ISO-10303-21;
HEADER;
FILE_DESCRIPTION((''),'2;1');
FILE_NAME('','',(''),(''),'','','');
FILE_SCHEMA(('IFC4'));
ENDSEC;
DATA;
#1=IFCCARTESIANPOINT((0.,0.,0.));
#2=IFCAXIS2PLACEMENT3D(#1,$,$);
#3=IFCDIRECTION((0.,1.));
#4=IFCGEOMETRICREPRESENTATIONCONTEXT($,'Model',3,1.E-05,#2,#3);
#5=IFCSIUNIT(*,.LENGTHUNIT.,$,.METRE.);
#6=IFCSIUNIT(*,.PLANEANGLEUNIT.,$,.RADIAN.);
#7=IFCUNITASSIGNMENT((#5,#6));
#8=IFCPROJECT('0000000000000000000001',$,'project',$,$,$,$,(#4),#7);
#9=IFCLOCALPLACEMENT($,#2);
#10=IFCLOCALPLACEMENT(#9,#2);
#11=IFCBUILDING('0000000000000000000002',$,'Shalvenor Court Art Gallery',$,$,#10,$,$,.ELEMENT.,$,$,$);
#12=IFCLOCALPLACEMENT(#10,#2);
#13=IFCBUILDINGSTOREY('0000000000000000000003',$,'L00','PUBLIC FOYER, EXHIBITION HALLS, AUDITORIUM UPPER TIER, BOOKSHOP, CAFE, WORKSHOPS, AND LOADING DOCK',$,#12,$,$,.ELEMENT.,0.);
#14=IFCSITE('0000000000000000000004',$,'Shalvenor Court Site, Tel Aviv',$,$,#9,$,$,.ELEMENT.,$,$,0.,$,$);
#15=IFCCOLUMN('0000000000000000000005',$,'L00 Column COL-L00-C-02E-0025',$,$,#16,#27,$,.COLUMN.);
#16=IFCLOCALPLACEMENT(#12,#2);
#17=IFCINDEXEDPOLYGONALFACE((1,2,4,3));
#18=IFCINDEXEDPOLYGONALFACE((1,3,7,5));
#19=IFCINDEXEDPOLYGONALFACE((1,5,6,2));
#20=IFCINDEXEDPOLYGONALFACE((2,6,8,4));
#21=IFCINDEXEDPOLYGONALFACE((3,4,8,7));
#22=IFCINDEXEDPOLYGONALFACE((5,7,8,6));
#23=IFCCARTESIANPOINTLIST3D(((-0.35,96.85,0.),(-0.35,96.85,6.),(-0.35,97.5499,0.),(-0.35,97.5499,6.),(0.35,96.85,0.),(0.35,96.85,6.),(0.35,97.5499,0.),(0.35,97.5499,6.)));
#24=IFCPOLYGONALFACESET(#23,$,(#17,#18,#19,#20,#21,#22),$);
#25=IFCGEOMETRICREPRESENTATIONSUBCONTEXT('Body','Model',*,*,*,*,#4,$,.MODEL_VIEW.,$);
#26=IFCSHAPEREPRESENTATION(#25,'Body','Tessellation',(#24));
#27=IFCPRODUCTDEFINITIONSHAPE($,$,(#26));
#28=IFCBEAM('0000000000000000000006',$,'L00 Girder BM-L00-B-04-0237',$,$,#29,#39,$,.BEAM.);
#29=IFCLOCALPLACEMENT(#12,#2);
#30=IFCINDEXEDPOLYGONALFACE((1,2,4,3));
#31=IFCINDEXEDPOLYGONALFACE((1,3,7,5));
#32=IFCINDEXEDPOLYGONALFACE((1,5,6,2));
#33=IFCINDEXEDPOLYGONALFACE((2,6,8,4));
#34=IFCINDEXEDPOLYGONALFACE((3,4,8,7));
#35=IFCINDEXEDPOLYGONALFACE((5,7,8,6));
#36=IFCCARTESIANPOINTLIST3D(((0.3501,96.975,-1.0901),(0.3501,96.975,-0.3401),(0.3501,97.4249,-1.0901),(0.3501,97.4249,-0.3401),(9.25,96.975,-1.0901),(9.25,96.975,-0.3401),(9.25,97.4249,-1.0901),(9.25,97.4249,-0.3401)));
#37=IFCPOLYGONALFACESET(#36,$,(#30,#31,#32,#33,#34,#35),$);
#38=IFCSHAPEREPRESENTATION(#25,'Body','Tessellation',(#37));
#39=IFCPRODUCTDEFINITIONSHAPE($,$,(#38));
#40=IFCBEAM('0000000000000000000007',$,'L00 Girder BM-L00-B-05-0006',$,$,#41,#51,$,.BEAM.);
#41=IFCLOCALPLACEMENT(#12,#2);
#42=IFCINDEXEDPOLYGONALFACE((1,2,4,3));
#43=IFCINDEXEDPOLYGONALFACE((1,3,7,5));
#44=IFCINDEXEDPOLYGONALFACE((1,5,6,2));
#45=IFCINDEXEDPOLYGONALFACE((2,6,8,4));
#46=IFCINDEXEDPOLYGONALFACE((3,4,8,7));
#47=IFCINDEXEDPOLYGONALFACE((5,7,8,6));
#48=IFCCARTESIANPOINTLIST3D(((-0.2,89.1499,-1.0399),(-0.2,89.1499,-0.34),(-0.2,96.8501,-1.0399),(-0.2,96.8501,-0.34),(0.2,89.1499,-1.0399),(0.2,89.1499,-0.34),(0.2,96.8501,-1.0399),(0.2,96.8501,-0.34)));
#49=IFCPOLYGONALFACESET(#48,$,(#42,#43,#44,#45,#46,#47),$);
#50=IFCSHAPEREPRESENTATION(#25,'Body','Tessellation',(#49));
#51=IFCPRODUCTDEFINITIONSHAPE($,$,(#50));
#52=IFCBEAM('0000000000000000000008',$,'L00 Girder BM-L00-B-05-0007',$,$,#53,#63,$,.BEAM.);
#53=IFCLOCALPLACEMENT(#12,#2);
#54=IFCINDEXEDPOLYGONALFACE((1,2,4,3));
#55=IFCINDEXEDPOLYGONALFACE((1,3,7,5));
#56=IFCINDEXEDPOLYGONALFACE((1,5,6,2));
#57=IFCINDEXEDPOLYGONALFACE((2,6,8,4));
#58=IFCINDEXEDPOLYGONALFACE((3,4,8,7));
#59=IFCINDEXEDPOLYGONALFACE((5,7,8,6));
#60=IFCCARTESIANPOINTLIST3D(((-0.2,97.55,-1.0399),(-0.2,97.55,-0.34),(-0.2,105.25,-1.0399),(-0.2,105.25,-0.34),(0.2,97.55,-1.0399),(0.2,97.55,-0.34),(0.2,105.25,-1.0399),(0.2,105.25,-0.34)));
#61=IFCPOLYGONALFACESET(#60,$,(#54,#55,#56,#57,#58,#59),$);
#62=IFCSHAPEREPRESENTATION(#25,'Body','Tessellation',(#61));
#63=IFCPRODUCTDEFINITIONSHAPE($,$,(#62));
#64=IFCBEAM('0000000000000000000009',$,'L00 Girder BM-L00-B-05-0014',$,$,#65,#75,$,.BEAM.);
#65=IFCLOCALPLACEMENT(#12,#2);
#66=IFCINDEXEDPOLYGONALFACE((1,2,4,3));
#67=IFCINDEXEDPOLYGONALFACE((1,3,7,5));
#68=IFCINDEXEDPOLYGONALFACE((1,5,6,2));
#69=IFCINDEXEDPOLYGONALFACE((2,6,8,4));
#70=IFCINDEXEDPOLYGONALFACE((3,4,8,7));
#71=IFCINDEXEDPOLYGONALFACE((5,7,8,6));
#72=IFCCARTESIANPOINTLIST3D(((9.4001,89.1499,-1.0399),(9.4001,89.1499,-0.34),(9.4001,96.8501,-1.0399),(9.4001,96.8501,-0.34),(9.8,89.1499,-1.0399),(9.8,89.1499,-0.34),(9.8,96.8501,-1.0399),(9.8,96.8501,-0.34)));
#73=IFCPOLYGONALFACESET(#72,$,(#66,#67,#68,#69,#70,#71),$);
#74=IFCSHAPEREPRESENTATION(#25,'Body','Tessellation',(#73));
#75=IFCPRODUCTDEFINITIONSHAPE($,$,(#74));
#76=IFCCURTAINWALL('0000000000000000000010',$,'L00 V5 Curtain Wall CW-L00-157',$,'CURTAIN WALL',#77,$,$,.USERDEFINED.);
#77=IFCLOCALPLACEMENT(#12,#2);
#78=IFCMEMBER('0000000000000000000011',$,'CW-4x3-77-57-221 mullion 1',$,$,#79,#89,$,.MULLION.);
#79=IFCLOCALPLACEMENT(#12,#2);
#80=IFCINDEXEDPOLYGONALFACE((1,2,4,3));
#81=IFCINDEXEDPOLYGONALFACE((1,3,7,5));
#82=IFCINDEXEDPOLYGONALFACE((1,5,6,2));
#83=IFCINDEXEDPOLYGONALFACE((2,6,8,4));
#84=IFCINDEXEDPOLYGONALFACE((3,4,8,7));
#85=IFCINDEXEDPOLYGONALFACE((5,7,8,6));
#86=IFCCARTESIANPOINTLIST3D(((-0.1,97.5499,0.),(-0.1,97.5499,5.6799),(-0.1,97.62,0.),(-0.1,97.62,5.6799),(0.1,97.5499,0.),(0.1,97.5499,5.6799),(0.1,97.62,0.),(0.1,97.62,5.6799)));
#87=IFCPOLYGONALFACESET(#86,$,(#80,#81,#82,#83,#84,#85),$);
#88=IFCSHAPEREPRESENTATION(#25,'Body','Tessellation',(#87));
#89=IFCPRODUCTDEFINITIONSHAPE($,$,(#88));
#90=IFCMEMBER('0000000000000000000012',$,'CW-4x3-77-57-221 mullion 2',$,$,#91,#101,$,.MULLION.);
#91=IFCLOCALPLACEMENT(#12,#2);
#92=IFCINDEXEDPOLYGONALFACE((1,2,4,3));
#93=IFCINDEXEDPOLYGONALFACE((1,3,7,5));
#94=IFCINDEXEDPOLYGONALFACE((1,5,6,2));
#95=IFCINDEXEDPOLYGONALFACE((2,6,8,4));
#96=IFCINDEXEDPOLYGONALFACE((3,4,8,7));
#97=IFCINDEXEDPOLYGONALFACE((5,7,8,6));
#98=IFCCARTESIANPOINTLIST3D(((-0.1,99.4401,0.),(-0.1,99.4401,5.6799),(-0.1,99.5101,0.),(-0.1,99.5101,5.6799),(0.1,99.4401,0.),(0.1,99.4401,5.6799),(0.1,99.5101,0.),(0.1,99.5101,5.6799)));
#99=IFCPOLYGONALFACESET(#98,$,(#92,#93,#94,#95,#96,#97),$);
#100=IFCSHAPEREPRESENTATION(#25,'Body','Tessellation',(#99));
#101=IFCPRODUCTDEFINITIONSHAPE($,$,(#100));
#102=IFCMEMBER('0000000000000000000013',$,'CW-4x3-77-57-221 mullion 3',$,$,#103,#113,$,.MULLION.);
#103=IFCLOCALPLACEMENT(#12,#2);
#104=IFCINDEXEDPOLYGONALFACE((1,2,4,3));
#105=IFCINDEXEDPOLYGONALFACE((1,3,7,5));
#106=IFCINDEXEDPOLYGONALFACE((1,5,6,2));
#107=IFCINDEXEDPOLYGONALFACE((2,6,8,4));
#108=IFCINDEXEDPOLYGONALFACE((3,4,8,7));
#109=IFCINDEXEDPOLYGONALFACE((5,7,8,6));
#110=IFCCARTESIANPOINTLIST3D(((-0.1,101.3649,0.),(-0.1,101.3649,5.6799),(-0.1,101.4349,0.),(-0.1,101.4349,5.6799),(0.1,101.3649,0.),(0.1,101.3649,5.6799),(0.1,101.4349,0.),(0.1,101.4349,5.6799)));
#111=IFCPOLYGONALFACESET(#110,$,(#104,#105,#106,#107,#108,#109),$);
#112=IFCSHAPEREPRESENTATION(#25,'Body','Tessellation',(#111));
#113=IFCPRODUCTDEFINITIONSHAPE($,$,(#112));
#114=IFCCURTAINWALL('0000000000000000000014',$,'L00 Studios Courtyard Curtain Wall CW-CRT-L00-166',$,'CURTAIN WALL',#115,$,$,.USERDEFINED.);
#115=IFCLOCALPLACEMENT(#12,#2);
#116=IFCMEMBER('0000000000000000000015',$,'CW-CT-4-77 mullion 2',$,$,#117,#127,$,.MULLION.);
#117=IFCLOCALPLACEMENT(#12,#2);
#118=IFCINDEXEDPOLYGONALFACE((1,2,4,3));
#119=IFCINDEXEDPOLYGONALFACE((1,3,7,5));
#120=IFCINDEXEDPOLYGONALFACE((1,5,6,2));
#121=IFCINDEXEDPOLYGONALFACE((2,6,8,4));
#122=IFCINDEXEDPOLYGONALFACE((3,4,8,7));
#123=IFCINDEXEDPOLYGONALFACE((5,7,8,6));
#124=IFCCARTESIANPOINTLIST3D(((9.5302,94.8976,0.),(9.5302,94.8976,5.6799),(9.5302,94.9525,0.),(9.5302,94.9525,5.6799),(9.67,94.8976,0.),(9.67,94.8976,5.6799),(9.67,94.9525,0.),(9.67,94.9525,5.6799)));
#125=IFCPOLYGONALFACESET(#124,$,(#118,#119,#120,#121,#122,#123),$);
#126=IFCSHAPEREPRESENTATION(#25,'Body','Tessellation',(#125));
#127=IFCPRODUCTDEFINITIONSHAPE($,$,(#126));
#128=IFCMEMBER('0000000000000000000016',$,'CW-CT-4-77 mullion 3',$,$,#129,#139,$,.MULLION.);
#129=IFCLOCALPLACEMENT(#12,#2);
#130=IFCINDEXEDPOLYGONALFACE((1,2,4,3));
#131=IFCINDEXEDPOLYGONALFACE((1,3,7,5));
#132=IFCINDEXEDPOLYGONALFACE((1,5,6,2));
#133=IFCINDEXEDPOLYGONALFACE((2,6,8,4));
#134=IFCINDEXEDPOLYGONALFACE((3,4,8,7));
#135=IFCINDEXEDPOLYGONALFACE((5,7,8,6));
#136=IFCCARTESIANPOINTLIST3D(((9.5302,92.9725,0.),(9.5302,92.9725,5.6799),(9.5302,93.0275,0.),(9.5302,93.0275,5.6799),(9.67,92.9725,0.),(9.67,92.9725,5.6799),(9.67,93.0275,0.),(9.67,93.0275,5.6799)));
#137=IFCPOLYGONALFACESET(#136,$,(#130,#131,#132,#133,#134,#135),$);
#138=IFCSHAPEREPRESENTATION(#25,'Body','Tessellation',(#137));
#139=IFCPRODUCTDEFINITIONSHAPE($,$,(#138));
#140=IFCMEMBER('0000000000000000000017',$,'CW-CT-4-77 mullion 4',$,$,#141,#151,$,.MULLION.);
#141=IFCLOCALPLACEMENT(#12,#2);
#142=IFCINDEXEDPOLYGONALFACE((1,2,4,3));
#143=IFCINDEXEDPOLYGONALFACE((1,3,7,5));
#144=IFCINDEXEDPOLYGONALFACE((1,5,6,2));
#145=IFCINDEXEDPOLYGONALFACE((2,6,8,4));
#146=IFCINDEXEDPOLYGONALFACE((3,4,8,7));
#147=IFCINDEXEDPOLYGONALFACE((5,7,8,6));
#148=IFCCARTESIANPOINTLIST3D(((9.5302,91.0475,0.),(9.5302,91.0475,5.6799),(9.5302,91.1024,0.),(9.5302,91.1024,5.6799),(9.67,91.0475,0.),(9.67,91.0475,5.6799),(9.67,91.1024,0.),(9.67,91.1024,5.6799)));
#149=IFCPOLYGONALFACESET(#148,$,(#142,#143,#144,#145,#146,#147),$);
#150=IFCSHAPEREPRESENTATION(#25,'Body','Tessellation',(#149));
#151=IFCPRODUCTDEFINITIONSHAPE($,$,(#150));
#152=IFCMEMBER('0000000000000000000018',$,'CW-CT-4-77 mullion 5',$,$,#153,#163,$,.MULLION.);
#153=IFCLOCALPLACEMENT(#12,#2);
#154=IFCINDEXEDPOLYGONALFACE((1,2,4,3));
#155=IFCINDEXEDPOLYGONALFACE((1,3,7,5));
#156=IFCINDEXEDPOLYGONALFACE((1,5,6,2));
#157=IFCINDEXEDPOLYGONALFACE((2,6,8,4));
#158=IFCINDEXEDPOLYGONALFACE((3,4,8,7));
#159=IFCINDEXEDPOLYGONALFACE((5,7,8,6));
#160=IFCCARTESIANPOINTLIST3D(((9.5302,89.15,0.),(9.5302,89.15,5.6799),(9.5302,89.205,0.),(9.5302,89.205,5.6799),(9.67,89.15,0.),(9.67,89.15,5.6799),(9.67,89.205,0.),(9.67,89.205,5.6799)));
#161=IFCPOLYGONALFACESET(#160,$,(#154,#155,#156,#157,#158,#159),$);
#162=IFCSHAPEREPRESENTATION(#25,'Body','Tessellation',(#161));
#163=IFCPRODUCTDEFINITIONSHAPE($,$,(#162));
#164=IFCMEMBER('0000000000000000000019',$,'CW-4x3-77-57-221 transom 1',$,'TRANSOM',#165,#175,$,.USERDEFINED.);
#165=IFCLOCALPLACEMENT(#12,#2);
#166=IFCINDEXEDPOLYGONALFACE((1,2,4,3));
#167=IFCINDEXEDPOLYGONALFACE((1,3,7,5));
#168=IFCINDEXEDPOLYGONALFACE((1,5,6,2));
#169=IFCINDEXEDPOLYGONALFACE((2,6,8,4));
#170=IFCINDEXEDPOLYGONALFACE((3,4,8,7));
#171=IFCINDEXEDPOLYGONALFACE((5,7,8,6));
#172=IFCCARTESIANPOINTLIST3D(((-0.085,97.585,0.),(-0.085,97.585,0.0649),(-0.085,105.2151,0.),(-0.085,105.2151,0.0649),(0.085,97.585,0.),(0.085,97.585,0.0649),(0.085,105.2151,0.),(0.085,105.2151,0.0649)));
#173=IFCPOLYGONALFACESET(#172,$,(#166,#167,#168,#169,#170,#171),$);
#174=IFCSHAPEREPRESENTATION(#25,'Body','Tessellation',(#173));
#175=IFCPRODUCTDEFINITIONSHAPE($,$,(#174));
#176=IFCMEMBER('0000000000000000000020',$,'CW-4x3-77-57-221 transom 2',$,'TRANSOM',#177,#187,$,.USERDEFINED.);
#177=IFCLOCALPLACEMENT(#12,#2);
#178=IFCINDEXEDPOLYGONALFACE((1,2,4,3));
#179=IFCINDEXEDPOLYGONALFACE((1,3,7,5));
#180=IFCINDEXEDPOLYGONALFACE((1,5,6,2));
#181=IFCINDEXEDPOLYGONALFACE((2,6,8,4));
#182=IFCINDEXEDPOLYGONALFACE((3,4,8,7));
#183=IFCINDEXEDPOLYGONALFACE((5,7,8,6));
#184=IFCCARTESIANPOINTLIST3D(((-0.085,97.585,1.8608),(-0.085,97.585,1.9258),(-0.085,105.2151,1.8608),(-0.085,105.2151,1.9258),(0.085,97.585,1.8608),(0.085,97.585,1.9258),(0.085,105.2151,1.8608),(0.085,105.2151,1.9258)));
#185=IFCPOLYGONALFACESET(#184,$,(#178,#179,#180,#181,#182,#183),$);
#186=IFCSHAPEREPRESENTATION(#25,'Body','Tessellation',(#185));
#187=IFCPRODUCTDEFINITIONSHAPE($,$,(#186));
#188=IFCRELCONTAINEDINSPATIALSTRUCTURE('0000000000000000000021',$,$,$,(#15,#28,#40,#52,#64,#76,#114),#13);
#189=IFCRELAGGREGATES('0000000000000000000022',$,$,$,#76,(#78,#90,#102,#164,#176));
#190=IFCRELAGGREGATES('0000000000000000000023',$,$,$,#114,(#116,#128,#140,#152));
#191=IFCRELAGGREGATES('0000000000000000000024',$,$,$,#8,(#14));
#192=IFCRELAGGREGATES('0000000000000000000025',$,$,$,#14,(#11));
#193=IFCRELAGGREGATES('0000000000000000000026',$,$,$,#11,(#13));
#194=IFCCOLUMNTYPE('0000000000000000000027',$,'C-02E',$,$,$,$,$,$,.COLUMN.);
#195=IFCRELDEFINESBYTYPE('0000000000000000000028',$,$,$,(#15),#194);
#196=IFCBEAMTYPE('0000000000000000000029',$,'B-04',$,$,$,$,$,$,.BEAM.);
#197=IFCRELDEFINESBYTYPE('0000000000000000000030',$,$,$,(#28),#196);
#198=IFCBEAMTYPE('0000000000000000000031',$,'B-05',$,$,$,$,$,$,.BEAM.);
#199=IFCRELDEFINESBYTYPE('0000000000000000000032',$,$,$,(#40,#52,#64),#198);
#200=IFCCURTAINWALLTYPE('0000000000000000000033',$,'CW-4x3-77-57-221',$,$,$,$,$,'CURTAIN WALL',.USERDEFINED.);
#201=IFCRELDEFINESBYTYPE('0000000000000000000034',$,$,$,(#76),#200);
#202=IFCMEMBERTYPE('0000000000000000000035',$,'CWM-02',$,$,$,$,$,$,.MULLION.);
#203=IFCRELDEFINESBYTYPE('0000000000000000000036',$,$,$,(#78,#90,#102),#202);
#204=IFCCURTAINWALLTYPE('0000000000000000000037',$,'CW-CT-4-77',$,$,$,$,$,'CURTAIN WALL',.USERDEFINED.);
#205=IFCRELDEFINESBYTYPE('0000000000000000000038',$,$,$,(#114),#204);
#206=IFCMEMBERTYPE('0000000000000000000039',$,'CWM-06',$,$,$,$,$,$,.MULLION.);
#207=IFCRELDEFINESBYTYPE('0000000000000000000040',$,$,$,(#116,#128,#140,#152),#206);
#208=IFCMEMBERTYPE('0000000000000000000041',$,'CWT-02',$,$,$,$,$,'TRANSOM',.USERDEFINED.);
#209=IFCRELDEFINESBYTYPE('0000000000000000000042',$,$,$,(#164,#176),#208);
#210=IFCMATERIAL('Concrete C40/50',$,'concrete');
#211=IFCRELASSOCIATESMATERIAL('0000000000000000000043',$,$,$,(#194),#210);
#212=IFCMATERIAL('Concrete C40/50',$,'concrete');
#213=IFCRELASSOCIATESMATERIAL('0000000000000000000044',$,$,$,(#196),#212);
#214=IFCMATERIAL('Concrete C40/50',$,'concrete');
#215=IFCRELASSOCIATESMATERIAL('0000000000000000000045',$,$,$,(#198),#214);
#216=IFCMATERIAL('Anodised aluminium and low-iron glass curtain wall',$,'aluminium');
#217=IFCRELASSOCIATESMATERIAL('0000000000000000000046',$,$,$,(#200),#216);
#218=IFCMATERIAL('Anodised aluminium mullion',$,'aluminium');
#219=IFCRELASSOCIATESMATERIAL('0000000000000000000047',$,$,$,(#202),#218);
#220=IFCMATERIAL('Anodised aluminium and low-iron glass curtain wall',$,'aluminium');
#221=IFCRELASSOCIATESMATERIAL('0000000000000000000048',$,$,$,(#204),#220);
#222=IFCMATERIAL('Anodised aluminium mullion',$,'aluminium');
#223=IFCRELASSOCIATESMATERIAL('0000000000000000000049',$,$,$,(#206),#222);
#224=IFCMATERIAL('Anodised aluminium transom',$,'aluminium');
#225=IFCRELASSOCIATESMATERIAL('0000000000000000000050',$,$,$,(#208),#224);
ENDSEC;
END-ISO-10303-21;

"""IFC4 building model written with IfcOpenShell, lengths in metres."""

from ifc_helpers import new_model, si_unit, direction, frame, origin, origin_2d, place, context, subcontext, project, spatial, rectangle, extrude, material, material_profile, profile_set, type_object, element, aggregate, save


model = new_model("IFC4")

# Units and contexts
model_context = context("Model", 3, precision=1e-05, world=origin(), true_north=direction((0.0, 1.0)))
body_context = subcontext(model_context, "Body", "Model", "MODEL_VIEW")
ifc_project = project(units=[si_unit("LENGTHUNIT", "METRE"), si_unit("PLANEANGLEUNIT", "RADIAN")], contexts=[model_context])

# Site, building, storey
site_placement = place(None, origin())
site = spatial("IfcSite", under=ifc_project, at=site_placement, Name="Shalvenor Court Site, Tel Aviv", CompositionType="ELEMENT", RefElevation=0.0)
building_placement = place(site_placement, origin())
building = spatial("IfcBuilding", under=site, at=building_placement, Name="Shalvenor Court Art Gallery", CompositionType="ELEMENT")
storey_placement = place(building_placement, origin())
storey = spatial("IfcBuildingStorey", under=building, at=storey_placement, Name="L00", Description="PUBLIC FOYER, EXHIBITION HALLS, AUDITORIUM UPPER TIER, BOOKSHOP, CAFE, WORKSHOPS, AND LOADING DOCK", CompositionType="ELEMENT", Elevation=0.0)

# Column
ifc_material_1 = material(Name="Concrete C40/50", Category="concrete")
ifc_material_profile_1 = material_profile(ifc_material_1, rectangle(XDim=0.7, YDim=0.7, at=origin_2d()), Name="RC 700x700")
ifc_profile_set_1 = profile_set([ifc_material_profile_1], Name="Concrete C40/50")
column_type = type_object("IfcColumnType", Name="C-02E", PredefinedType="COLUMN", material=ifc_profile_set_1)
column_placement = place(storey_placement, frame((0.0, 97.2, 0.0), z_axis=(0.0, 0.0, 1.0), x_axis=(1.0, 0.0, 0.0)))
element("IfcColumn", 1, at=column_placement, inside=storey, type_object=column_type, Name="L00 Column COL-L00-C-02E-0025", PredefinedType="COLUMN", context=body_context, shape_type="SweptSolid", body=[
    extrude(rectangle(XDim=0.7, YDim=0.7, at=origin_2d()), origin(), (0.0, 0.0, 1.0), 6.0),
])

# Beams
ifc_material_2 = material(Name="Concrete C40/50", Category="concrete")
ifc_material_profile_2 = material_profile(ifc_material_2, rectangle(XDim=0.45, YDim=0.75, at=origin_2d()), Name="RC 450x750")
ifc_profile_set_2 = profile_set([ifc_material_profile_2], Name="Concrete C40/50")
beam_type_1 = type_object("IfcBeamType", Name="B-04", PredefinedType="BEAM", material=ifc_profile_set_2)
beam_1_placement = place(storey_placement, frame((0.3501, 97.2, -0.7151), z_axis=(1.0, 0.0, 0.0), x_axis=(0.0, 1.0, 0.0)))
element("IfcBeam", 2, at=beam_1_placement, inside=storey, type_object=beam_type_1, Name="L00 Girder BM-L00-B-04-0237", PredefinedType="BEAM", context=body_context, shape_type="SweptSolid", body=[
    extrude(rectangle(XDim=0.45, YDim=0.75, at=origin_2d()), origin(), (0.0, 0.0, 1.0), 8.8999),
])
ifc_material_3 = material(Name="Concrete C40/50", Category="concrete")
ifc_material_profile_3 = material_profile(ifc_material_3, rectangle(XDim=0.3999, YDim=0.7, at=origin_2d()), Name="RC 400x700")
ifc_profile_set_3 = profile_set([ifc_material_profile_3], Name="Concrete C40/50")
beam_type_2 = type_object("IfcBeamType", Name="B-05", PredefinedType="BEAM", material=ifc_profile_set_3)
beam_2_placement = place(storey_placement, frame((0.0, 89.1499, -0.6899), z_axis=(0.0, 1.0, 0.0), x_axis=(-1.0, 0.0, 0.0)))
element("IfcBeam", 3, at=beam_2_placement, inside=storey, type_object=beam_type_2, Name="L00 Girder BM-L00-B-05-0006", PredefinedType="BEAM", context=body_context, shape_type="SweptSolid", body=[
    extrude(rectangle(XDim=0.3999, YDim=0.7, at=origin_2d()), origin(), (0.0, 0.0, 1.0), 7.7002),
])
beam_3_placement = place(storey_placement, frame((0.0, 97.55, -0.6899), z_axis=(0.0, 1.0, 0.0), x_axis=(-1.0, 0.0, 0.0)))
element("IfcBeam", 4, at=beam_3_placement, inside=storey, type_object=beam_type_2, Name="L00 Girder BM-L00-B-05-0007", PredefinedType="BEAM", context=body_context, shape_type="SweptSolid", body=[
    extrude(rectangle(XDim=0.3999, YDim=0.7, at=origin_2d()), origin(), (0.0, 0.0, 1.0), 7.7),
])
beam_4_placement = place(storey_placement, frame((9.6001, 89.1499, -0.6899), z_axis=(0.0, 1.0, 0.0), x_axis=(-1.0, 0.0, 0.0)))
element("IfcBeam", 5, at=beam_4_placement, inside=storey, type_object=beam_type_2, Name="L00 Girder BM-L00-B-05-0014", PredefinedType="BEAM", context=body_context, shape_type="SweptSolid", body=[
    extrude(rectangle(XDim=0.3999, YDim=0.7, at=origin_2d()), origin(), (0.0, 0.0, 1.0), 7.7002),
])

# Curtain walls, members
ifc_material_4 = material(Name="Anodised aluminium and low-iron glass curtain wall", Category="aluminium")
curtain_wall_type_1 = type_object("IfcCurtainWallType", Name="CW-4x3-77-57-221", ElementType="CURTAIN WALL", PredefinedType="USERDEFINED", material=ifc_material_4)
curtain_wall_1_placement = place(storey_placement, origin())
curtain_wall_1 = element("IfcCurtainWall", 6, at=curtain_wall_1_placement, inside=storey, type_object=curtain_wall_type_1, Name="L00 V5 Curtain Wall CW-L00-157", ObjectType="CURTAIN WALL", PredefinedType="USERDEFINED")
ifc_material_5 = material(Name="Anodised aluminium mullion", Category="aluminium")
ifc_material_profile_4 = material_profile(ifc_material_5, rectangle(XDim=0.0701, YDim=0.2, at=origin_2d()), Name="CWM-02")
ifc_profile_set_4 = profile_set([ifc_material_profile_4], Name="Anodised aluminium mullion")
member_type_1 = type_object("IfcMemberType", Name="CWM-02", PredefinedType="MULLION", material=ifc_profile_set_4)
member_1_placement = place(storey_placement, frame((0.0, 97.585, 0.0), z_axis=(0.0, 0.0, 1.0), x_axis=(0.0, 1.0, 0.0)))
member_1 = element("IfcMember", 7, at=member_1_placement, type_object=member_type_1, Name="CW-4x3-77-57-221 mullion 1", PredefinedType="MULLION", context=body_context, shape_type="SweptSolid", body=[
    extrude(rectangle(XDim=0.0701, YDim=0.2, at=origin_2d()), origin(), (0.0, 0.0, 1.0), 5.6799),
])
member_2_placement = place(storey_placement, frame((0.0, 99.4751, 0.0), z_axis=(0.0, 0.0, 1.0), x_axis=(0.0, 1.0, 0.0)))
member_2 = element("IfcMember", 8, at=member_2_placement, type_object=member_type_1, Name="CW-4x3-77-57-221 mullion 2", PredefinedType="MULLION", context=body_context, shape_type="SweptSolid", body=[
    extrude(rectangle(XDim=0.0701, YDim=0.2, at=origin_2d()), origin(), (0.0, 0.0, 1.0), 5.6799),
])
member_3_placement = place(storey_placement, frame((0.0, 101.3999, 0.0), z_axis=(0.0, 0.0, 1.0), x_axis=(0.0, 1.0, 0.0)))
member_3 = element("IfcMember", 9, at=member_3_placement, type_object=member_type_1, Name="CW-4x3-77-57-221 mullion 3", PredefinedType="MULLION", context=body_context, shape_type="SweptSolid", body=[
    extrude(rectangle(XDim=0.0701, YDim=0.2, at=origin_2d()), origin(), (0.0, 0.0, 1.0), 5.6799),
])
ifc_material_6 = material(Name="Anodised aluminium and low-iron glass curtain wall", Category="aluminium")
curtain_wall_type_2 = type_object("IfcCurtainWallType", Name="CW-CT-4-77", ElementType="CURTAIN WALL", PredefinedType="USERDEFINED", material=ifc_material_6)
curtain_wall_2_placement = place(storey_placement, origin())
curtain_wall_2 = element("IfcCurtainWall", 10, at=curtain_wall_2_placement, inside=storey, type_object=curtain_wall_type_2, Name="L00 Studios Courtyard Curtain Wall CW-CRT-L00-166", ObjectType="CURTAIN WALL", PredefinedType="USERDEFINED")
ifc_material_7 = material(Name="Anodised aluminium mullion", Category="aluminium")
ifc_material_profile_5 = material_profile(ifc_material_7, rectangle(XDim=0.0549, YDim=0.1399, at=origin_2d()), Name="CWM-06")
ifc_profile_set_5 = profile_set([ifc_material_profile_5], Name="Anodised aluminium mullion")
member_type_2 = type_object("IfcMemberType", Name="CWM-06", PredefinedType="MULLION", material=ifc_profile_set_5)
member_4_placement = place(storey_placement, frame((9.6001, 94.925, 0.0), z_axis=(0.0, 0.0, 1.0), x_axis=(0.0, -1.0, 0.0)))
member_4 = element("IfcMember", 11, at=member_4_placement, type_object=member_type_2, Name="CW-CT-4-77 mullion 2", PredefinedType="MULLION", context=body_context, shape_type="SweptSolid", body=[
    extrude(rectangle(XDim=0.0549, YDim=0.1399, at=origin_2d()), origin(), (0.0, 0.0, 1.0), 5.6799),
])
member_5_placement = place(storey_placement, frame((9.6001, 93.0, 0.0), z_axis=(0.0, 0.0, 1.0), x_axis=(0.0, -1.0, 0.0)))
member_5 = element("IfcMember", 12, at=member_5_placement, type_object=member_type_2, Name="CW-CT-4-77 mullion 3", PredefinedType="MULLION", context=body_context, shape_type="SweptSolid", body=[
    extrude(rectangle(XDim=0.0549, YDim=0.1399, at=origin_2d()), origin(), (0.0, 0.0, 1.0), 5.6799),
])
member_6_placement = place(storey_placement, frame((9.6001, 91.075, 0.0), z_axis=(0.0, 0.0, 1.0), x_axis=(0.0, -1.0, 0.0)))
member_6 = element("IfcMember", 13, at=member_6_placement, type_object=member_type_2, Name="CW-CT-4-77 mullion 4", PredefinedType="MULLION", context=body_context, shape_type="SweptSolid", body=[
    extrude(rectangle(XDim=0.0549, YDim=0.1399, at=origin_2d()), origin(), (0.0, 0.0, 1.0), 5.6799),
])
member_7_placement = place(storey_placement, frame((9.6001, 89.1775, 0.0), z_axis=(0.0, 0.0, 1.0), x_axis=(0.0, -1.0, 0.0)))
member_7 = element("IfcMember", 14, at=member_7_placement, type_object=member_type_2, Name="CW-CT-4-77 mullion 5", PredefinedType="MULLION", context=body_context, shape_type="SweptSolid", body=[
    extrude(rectangle(XDim=0.0549, YDim=0.1399, at=origin_2d()), origin(), (0.0, 0.0, 1.0), 5.6799),
])

# Members
ifc_material_8 = material(Name="Anodised aluminium transom", Category="aluminium")
ifc_material_profile_6 = material_profile(ifc_material_8, rectangle(XDim=0.1699, YDim=0.0649, at=origin_2d()), Name="CWT-02")
ifc_profile_set_6 = profile_set([ifc_material_profile_6], Name="Anodised aluminium transom")
member_type_3 = type_object("IfcMemberType", Name="CWT-02", ElementType="TRANSOM", PredefinedType="USERDEFINED", material=ifc_profile_set_6)
member_8_placement = place(storey_placement, frame((0.0, 97.585, 0.0325), z_axis=(0.0, 1.0, 0.0), x_axis=(-1.0, 0.0, 0.0)))
member_8 = element("IfcMember", 15, at=member_8_placement, type_object=member_type_3, Name="CW-4x3-77-57-221 transom 1", ObjectType="TRANSOM", PredefinedType="USERDEFINED", context=body_context, shape_type="SweptSolid", body=[
    extrude(rectangle(XDim=0.1699, YDim=0.0649, at=origin_2d()), origin(), (0.0, 0.0, 1.0), 7.6301),
])
member_9_placement = place(storey_placement, frame((0.0, 97.585, 1.8933), z_axis=(0.0, 1.0, 0.0), x_axis=(-1.0, 0.0, 0.0)))
member_9 = element("IfcMember", 16, at=member_9_placement, type_object=member_type_3, Name="CW-4x3-77-57-221 transom 2", ObjectType="TRANSOM", PredefinedType="USERDEFINED", context=body_context, shape_type="SweptSolid", body=[
    extrude(rectangle(XDim=0.1699, YDim=0.0649, at=origin_2d()), origin(), (0.0, 0.0, 1.0), 7.6301),
])

aggregate(curtain_wall_1, [member_1, member_2, member_3, member_8, member_9])
aggregate(curtain_wall_2, [member_4, member_5, member_6, member_7])

save(model, "model.ifc")
